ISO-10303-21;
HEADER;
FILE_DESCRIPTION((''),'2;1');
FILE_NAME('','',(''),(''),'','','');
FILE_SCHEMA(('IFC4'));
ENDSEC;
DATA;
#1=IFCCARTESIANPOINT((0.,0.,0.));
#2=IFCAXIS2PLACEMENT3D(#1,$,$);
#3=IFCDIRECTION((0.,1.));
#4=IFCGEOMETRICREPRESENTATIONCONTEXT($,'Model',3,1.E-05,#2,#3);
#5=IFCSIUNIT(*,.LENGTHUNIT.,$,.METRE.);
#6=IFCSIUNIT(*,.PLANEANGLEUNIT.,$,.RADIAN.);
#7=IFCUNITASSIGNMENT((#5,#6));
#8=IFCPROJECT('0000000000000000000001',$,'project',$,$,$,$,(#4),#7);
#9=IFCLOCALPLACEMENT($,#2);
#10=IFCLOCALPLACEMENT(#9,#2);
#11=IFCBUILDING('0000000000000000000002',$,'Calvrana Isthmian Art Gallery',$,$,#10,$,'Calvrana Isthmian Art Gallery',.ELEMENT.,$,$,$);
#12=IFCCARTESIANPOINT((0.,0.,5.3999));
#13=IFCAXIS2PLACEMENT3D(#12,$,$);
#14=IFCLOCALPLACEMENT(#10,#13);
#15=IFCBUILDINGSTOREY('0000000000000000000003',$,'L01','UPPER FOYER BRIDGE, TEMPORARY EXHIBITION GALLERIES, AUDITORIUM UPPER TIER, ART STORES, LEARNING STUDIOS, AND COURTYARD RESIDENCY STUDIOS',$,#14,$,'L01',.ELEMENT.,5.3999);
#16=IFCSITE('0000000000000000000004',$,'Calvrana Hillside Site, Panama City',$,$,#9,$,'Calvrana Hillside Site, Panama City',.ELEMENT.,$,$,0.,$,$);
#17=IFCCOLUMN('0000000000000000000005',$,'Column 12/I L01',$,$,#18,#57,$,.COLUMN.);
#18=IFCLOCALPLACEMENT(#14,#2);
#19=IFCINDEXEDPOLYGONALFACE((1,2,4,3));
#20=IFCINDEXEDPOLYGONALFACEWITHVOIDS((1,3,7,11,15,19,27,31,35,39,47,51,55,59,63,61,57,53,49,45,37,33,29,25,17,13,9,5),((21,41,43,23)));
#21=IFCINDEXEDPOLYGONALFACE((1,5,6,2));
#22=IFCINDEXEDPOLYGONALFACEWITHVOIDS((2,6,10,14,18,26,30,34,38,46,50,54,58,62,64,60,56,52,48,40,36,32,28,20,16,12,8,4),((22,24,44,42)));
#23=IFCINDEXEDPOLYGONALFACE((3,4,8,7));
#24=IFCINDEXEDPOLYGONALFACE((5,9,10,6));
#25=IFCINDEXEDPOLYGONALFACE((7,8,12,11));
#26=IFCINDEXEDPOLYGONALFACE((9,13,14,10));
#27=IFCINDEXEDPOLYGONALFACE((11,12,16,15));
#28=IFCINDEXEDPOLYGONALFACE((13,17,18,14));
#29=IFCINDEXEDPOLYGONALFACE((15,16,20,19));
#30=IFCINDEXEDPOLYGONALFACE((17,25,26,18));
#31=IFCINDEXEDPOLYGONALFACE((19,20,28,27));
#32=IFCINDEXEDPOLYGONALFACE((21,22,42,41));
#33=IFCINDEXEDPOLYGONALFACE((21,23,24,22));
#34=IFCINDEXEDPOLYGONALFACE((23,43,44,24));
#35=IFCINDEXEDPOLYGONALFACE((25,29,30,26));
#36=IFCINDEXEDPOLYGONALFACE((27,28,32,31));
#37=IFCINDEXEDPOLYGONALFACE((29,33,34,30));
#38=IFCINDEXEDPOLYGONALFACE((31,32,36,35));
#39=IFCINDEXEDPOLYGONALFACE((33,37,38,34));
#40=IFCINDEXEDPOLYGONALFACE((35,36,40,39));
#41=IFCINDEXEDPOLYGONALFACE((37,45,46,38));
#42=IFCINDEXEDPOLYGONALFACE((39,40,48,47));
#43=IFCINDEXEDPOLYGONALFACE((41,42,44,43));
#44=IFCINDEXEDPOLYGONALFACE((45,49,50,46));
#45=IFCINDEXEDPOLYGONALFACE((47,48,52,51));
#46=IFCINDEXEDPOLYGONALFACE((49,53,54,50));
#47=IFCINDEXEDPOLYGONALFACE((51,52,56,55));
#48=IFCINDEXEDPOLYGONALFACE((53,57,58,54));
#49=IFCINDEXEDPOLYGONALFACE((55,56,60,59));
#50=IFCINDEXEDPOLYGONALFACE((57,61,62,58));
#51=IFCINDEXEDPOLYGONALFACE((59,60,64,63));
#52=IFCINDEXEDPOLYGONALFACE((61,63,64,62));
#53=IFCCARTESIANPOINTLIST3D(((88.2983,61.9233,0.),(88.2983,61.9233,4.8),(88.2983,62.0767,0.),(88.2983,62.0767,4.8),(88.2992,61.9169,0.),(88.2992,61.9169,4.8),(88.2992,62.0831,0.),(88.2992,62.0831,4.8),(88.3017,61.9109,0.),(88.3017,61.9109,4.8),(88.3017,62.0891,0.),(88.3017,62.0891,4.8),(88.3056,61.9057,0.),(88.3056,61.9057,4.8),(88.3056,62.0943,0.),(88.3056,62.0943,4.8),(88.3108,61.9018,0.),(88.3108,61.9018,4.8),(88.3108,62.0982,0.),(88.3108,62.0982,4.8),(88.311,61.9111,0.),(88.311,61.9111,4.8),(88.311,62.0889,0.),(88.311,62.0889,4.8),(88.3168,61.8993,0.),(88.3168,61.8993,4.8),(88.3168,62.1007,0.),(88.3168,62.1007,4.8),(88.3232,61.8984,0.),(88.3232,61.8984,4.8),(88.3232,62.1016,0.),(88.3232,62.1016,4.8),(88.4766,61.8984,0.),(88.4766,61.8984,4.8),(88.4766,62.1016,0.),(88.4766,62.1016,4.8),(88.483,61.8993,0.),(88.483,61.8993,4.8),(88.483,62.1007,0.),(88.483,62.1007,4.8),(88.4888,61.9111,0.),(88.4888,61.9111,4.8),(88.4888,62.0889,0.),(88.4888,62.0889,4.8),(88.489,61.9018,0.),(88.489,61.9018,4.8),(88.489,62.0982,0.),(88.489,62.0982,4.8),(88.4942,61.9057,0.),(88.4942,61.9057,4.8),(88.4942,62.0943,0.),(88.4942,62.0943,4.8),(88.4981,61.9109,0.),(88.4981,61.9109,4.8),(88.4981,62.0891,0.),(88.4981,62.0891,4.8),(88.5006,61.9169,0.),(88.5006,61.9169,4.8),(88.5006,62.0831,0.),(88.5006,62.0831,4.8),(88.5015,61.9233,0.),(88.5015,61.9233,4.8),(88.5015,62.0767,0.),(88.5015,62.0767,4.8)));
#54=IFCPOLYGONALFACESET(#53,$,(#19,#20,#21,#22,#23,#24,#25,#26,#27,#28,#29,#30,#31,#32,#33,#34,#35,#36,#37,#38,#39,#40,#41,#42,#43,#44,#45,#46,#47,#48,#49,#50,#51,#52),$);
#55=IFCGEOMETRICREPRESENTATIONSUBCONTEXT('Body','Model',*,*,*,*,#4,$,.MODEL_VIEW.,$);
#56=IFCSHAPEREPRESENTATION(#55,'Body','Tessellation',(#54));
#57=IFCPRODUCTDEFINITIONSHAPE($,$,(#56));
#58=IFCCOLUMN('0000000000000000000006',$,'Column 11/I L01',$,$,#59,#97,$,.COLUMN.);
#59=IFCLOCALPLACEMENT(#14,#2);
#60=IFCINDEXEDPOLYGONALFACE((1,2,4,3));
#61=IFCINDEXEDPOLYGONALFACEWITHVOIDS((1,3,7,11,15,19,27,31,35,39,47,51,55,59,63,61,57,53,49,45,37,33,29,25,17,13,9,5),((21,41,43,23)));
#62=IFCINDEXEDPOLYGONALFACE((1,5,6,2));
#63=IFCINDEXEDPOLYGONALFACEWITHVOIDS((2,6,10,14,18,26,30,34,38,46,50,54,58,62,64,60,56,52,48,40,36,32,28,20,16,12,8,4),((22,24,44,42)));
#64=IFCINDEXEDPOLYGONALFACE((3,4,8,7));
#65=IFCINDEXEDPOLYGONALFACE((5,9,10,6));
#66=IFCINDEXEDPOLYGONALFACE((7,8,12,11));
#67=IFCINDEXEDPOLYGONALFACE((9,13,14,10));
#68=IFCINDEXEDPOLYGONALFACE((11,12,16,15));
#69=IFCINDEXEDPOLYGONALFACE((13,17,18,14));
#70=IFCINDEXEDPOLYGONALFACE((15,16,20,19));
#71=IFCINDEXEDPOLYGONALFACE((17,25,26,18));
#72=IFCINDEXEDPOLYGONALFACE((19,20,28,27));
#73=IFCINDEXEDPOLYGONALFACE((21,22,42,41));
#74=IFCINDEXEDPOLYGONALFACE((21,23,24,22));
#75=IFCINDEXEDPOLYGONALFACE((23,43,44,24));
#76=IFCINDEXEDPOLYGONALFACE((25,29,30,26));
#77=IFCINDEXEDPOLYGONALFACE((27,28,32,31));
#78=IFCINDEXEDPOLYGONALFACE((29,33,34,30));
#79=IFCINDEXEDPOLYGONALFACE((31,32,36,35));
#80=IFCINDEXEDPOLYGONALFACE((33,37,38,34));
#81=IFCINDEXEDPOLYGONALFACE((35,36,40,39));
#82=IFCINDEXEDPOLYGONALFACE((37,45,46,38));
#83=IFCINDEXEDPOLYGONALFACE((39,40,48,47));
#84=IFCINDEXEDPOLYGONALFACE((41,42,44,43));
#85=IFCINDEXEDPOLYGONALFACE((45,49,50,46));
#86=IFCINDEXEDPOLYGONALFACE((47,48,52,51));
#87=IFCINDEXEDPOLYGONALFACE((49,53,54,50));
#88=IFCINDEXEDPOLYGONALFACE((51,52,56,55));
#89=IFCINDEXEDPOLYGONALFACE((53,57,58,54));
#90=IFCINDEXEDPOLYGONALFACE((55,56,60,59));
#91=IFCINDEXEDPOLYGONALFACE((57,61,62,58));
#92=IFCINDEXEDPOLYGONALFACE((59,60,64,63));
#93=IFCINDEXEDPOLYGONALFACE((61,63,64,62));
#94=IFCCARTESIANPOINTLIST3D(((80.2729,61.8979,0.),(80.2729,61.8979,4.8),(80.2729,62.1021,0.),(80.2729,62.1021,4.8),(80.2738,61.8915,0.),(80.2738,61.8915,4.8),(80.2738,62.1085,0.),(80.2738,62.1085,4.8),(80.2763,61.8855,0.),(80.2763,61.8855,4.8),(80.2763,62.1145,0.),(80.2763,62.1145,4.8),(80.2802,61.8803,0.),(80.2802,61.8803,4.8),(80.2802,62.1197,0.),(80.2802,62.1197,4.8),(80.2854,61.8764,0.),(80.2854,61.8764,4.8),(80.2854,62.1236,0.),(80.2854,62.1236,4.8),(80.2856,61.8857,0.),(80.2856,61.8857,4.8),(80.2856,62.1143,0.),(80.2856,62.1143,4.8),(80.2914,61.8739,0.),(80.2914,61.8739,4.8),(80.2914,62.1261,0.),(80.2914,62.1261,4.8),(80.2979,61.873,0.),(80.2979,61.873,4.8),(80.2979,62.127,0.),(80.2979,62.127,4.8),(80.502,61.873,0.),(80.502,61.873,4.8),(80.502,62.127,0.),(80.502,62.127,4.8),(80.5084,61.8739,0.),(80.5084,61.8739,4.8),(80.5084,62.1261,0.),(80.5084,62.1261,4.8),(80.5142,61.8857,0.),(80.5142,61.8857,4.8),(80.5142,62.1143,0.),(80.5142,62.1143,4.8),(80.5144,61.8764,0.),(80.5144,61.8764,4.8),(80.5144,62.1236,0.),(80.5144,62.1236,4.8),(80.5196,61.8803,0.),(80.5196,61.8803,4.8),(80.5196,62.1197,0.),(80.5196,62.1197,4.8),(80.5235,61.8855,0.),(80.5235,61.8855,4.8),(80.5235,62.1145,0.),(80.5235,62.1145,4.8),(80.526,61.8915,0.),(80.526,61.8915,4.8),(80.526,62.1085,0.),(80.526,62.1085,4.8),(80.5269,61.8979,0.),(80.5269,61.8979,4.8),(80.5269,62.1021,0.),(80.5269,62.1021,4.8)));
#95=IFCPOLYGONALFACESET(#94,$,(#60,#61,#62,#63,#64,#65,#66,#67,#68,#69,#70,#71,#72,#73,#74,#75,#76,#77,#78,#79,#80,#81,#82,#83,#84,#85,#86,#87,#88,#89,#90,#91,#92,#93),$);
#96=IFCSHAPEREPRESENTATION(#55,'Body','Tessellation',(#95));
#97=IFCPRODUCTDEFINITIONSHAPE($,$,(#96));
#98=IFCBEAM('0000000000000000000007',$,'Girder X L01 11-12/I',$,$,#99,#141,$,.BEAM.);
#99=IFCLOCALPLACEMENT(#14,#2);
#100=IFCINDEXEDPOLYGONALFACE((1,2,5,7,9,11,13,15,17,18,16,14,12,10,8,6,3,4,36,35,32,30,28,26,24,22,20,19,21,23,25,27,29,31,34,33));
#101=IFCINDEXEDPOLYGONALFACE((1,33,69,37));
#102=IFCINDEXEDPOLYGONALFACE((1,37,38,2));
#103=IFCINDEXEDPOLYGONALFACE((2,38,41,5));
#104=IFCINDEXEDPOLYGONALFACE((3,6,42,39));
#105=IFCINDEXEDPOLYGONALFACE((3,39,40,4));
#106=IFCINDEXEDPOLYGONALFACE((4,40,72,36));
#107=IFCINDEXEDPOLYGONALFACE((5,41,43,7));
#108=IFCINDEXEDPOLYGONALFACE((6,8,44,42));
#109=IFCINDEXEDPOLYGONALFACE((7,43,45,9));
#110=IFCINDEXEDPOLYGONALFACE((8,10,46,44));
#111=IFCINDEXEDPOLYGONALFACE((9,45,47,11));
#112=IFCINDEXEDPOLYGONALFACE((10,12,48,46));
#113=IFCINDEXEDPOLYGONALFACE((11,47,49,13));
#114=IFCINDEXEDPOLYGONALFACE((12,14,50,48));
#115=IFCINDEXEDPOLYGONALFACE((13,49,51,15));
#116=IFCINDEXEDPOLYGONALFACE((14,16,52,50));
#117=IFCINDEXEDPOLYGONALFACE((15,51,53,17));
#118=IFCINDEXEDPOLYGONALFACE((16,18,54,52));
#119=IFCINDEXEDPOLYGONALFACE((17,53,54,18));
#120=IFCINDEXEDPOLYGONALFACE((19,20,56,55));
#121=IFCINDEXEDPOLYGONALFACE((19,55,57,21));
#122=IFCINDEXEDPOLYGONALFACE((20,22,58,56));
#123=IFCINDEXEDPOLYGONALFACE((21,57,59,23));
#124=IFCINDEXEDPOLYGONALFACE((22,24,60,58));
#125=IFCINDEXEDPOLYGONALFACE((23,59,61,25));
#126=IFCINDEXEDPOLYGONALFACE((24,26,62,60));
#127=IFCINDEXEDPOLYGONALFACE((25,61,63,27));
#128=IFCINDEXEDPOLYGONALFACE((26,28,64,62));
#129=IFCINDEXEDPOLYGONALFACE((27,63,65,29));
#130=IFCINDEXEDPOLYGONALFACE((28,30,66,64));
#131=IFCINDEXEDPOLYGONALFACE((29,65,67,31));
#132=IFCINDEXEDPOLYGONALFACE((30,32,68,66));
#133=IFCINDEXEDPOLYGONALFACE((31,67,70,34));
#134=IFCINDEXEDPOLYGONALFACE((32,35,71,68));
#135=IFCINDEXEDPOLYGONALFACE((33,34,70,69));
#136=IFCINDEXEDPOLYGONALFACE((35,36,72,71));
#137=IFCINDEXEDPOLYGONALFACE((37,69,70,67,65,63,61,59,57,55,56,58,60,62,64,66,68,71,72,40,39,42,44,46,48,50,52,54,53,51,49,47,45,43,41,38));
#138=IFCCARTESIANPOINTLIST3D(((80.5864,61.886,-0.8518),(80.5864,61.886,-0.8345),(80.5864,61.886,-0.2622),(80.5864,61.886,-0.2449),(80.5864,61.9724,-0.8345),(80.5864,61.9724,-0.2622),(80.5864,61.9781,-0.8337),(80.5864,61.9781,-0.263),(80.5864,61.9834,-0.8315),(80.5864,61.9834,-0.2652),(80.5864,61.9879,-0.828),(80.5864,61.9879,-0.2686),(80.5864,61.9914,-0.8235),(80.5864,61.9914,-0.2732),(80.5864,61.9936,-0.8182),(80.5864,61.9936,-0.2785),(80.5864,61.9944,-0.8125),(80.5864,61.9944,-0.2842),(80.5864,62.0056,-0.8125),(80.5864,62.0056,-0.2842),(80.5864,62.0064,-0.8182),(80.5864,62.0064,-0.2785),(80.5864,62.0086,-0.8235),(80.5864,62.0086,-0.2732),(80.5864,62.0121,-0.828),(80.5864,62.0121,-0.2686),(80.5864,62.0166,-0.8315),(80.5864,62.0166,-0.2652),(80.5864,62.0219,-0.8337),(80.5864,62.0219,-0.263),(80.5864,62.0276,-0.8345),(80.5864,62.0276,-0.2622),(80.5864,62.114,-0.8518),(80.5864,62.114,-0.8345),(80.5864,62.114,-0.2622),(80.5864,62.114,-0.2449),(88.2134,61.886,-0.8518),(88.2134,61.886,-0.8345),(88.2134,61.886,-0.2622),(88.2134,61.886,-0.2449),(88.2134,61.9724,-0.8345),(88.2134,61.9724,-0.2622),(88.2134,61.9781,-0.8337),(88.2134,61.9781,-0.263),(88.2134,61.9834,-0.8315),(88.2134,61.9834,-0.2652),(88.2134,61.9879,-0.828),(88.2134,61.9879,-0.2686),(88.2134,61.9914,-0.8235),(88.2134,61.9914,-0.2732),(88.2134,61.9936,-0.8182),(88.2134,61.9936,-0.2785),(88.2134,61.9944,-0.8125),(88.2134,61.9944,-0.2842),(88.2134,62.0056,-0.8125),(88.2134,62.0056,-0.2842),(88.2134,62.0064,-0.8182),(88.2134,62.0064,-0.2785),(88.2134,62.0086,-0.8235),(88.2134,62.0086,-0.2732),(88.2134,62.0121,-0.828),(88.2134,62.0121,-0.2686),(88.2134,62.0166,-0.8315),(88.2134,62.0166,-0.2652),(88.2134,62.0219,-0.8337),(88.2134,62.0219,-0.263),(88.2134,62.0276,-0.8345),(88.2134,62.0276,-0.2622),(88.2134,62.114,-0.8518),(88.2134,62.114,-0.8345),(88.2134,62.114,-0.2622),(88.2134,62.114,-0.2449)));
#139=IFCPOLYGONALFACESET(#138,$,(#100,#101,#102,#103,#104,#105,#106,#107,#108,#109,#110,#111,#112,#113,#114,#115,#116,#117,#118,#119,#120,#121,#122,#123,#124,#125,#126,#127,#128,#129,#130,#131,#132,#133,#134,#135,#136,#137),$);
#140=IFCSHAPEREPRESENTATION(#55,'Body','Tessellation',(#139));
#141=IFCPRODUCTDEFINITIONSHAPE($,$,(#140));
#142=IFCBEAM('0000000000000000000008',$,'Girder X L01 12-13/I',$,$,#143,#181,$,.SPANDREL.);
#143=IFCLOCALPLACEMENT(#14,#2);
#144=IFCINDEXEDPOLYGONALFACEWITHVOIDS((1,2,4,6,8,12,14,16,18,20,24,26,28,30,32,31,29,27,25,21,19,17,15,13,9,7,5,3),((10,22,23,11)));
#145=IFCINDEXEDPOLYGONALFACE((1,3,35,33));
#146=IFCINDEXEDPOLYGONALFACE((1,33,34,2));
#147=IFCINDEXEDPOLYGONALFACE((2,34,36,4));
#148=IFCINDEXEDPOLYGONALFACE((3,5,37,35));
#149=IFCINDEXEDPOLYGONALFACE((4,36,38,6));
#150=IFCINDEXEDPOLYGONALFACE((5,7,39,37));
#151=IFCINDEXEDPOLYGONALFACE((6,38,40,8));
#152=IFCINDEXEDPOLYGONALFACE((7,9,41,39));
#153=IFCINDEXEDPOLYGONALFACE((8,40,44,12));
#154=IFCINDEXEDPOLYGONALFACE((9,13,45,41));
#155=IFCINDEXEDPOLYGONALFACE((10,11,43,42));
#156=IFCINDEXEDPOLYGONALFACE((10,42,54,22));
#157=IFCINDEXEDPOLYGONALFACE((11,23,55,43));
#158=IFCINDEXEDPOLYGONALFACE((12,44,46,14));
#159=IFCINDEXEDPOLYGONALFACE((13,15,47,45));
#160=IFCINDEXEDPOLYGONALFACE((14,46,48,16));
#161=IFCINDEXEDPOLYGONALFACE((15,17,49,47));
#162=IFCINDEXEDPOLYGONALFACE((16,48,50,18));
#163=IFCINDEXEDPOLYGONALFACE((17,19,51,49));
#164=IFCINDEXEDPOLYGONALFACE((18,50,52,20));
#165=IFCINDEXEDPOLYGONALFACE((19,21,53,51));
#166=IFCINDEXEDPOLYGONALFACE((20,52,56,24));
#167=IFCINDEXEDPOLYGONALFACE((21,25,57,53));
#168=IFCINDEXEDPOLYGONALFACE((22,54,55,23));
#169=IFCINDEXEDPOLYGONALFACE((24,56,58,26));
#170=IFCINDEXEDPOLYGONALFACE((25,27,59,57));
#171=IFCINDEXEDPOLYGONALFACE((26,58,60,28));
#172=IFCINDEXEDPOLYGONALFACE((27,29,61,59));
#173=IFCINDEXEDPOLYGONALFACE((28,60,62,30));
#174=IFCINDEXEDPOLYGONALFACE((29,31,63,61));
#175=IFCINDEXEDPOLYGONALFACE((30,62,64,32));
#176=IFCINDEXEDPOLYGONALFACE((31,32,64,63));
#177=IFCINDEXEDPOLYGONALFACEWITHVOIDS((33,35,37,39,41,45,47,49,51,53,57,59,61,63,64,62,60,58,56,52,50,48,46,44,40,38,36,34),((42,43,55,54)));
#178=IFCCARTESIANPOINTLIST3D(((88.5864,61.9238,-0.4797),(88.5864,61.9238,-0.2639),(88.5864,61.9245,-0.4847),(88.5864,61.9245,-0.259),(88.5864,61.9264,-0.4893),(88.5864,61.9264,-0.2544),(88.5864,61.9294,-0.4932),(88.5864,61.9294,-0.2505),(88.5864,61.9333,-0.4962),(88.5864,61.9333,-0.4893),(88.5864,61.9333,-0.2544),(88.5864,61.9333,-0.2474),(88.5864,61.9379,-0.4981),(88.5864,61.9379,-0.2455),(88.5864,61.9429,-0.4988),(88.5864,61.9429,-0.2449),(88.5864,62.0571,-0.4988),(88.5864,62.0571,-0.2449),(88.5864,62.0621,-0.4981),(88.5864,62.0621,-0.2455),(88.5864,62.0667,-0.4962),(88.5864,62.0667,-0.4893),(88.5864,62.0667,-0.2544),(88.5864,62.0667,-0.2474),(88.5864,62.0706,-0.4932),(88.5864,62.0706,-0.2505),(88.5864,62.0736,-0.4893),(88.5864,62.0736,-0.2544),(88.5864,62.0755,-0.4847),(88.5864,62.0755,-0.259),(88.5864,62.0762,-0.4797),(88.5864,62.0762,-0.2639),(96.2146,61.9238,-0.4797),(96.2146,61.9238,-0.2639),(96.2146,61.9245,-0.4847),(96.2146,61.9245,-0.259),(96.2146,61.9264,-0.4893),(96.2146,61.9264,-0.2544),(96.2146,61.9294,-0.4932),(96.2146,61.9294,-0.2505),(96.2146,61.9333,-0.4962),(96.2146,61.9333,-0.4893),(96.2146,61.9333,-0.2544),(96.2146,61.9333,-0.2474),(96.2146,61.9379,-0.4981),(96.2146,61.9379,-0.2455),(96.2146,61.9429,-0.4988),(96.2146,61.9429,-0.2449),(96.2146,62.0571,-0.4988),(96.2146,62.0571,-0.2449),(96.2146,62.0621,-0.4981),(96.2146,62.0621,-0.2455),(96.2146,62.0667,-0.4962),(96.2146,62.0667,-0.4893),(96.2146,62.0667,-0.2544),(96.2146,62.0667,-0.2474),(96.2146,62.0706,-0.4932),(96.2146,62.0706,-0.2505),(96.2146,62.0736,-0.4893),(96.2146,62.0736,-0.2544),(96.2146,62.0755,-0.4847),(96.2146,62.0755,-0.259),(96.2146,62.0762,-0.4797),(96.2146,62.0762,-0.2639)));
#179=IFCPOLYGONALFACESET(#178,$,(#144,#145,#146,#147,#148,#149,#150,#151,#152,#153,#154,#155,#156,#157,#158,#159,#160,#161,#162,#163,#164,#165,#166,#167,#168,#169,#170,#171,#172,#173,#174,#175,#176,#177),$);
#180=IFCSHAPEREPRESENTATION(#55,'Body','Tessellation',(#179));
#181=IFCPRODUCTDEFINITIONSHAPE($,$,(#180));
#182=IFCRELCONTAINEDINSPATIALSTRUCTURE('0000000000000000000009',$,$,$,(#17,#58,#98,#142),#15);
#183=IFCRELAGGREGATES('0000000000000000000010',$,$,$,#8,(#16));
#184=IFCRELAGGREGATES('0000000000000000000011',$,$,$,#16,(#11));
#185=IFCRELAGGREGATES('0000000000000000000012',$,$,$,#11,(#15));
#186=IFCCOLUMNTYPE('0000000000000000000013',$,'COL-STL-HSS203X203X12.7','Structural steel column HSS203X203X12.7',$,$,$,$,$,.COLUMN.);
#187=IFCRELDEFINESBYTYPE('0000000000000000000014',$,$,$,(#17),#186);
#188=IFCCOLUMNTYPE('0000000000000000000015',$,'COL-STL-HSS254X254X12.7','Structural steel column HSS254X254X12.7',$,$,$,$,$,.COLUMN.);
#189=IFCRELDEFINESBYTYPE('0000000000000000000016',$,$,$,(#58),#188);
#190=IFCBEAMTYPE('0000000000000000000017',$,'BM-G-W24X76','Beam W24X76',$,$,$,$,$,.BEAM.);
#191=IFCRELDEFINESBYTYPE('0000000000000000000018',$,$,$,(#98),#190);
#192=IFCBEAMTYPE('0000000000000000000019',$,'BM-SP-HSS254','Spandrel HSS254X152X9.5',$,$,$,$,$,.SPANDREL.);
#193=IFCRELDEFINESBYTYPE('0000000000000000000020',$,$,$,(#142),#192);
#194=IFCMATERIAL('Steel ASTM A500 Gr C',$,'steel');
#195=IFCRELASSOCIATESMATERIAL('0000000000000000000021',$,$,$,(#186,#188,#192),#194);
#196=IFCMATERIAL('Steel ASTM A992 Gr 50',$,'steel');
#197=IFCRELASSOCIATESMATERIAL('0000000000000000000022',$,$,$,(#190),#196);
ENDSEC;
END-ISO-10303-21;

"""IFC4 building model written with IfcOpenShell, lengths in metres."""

from ifc_helpers import new_model, si_unit, direction, frame, origin, origin_2d, place, context, subcontext, project, spatial, hollow_rectangle, i_section, extrude, material, material_profile, profile_set, type_object, element, save


model = new_model("IFC4")

# Units and contexts
model_context = context("Model", 3, precision=1e-05, world=origin(), true_north=direction((0.0, 1.0)))
body_context = subcontext(model_context, "Body", "Model", "MODEL_VIEW")
ifc_project = project(units=[si_unit("LENGTHUNIT", "METRE"), si_unit("PLANEANGLEUNIT", "RADIAN")], contexts=[model_context])

# Site, building, storey
site_placement = place(None, origin())
site = spatial("IfcSite", under=ifc_project, at=site_placement, Name="Calvrana Hillside Site, Panama City", LongName="Calvrana Hillside Site, Panama City", CompositionType="ELEMENT", RefElevation=0.0)
building_placement = place(site_placement, origin())
building = spatial("IfcBuilding", under=site, at=building_placement, Name="Calvrana Isthmian Art Gallery", LongName="Calvrana Isthmian Art Gallery", CompositionType="ELEMENT")
storey_placement = place(building_placement, frame((0.0, 0.0, 5.3999)))
storey = spatial("IfcBuildingStorey", under=building, at=storey_placement, Name="L01", Description="UPPER FOYER BRIDGE, TEMPORARY EXHIBITION GALLERIES, AUDITORIUM UPPER TIER, ART STORES, LEARNING STUDIOS, AND COURTYARD RESIDENCY STUDIOS", LongName="L01", CompositionType="ELEMENT", Elevation=5.3999)

# Columns
ifc_material_1 = material(Name="Steel ASTM A500 Gr C", Category="steel")
ifc_material_profile_1 = material_profile(ifc_material_1, hollow_rectangle(XDim=0.2031, YDim=0.2031, WallThickness=0.0127, OuterFilletRadius=0.0249, at=origin_2d()), Name="HSS203X203X12.7")
ifc_profile_set_1 = profile_set([ifc_material_profile_1], Name="Steel ASTM A500 Gr C")
column_type_1 = type_object("IfcColumnType", Name="COL-STL-HSS203X203X12.7", Description="Structural steel column HSS203X203X12.7", PredefinedType="COLUMN", material=ifc_profile_set_1)
column_1_placement = place(storey_placement, frame((88.3999, 62.0, 0.0), z_axis=(0.0, 0.0, 1.0), x_axis=(1.0, 0.0, 0.0)))
element("IfcColumn", 1, at=column_1_placement, inside=storey, type_object=column_type_1, Name="Column 12/I L01", PredefinedType="COLUMN", context=body_context, shape_type="SweptSolid", body=[
    extrude(hollow_rectangle(XDim=0.2031, YDim=0.2031, WallThickness=0.0127, OuterFilletRadius=0.0249, at=origin_2d()), origin(), (0.0, 0.0, 1.0), 4.8),
])
ifc_material_profile_2 = material_profile(ifc_material_1, hollow_rectangle(XDim=0.2539, YDim=0.2539, WallThickness=0.0127, OuterFilletRadius=0.0249, at=origin_2d()), Name="HSS254X254X12.7")
ifc_profile_set_2 = profile_set([ifc_material_profile_2], Name="Steel ASTM A500 Gr C")
column_type_2 = type_object("IfcColumnType", Name="COL-STL-HSS254X254X12.7", Description="Structural steel column HSS254X254X12.7", PredefinedType="COLUMN", material=ifc_profile_set_2)
column_2_placement = place(storey_placement, frame((80.3999, 62.0, 0.0), z_axis=(0.0, 0.0, 1.0), x_axis=(1.0, 0.0, 0.0)))
element("IfcColumn", 2, at=column_2_placement, inside=storey, type_object=column_type_2, Name="Column 11/I L01", PredefinedType="COLUMN", context=body_context, shape_type="SweptSolid", body=[
    extrude(hollow_rectangle(XDim=0.2539, YDim=0.2539, WallThickness=0.0127, OuterFilletRadius=0.0249, at=origin_2d()), origin(), (0.0, 0.0, 1.0), 4.8),
])

# Beams
ifc_material_2 = material(Name="Steel ASTM A992 Gr 50", Category="steel")
ifc_material_profile_3 = material_profile(ifc_material_2, i_section(OverallWidth=0.228, OverallDepth=0.6069, WebThickness=0.0112, FlangeThickness=0.0173, FilletRadius=0.022, at=origin_2d()), Name="W24X76")
ifc_profile_set_3 = profile_set([ifc_material_profile_3], Name="Steel ASTM A992 Gr 50")
beam_type_1 = type_object("IfcBeamType", Name="BM-G-W24X76", Description="Beam W24X76", PredefinedType="BEAM", material=ifc_profile_set_3)
beam_1_placement = place(storey_placement, frame((80.5864, 62.0, -0.5483), z_axis=(1.0, 0.0, 0.0), x_axis=(0.0, 1.0, 0.0)))
element("IfcBeam", 3, at=beam_1_placement, inside=storey, type_object=beam_type_1, Name="Girder X L01 11-12/I", PredefinedType="BEAM", context=body_context, shape_type="SweptSolid", body=[
    extrude(i_section(OverallWidth=0.228, OverallDepth=0.6069, WebThickness=0.0112, FlangeThickness=0.0173, FilletRadius=0.022, at=origin_2d()), origin(), (0.0, 0.0, 1.0), 7.627),
])
ifc_material_profile_4 = material_profile(ifc_material_1, hollow_rectangle(XDim=0.1523, YDim=0.2539, WallThickness=0.0095, OuterFilletRadius=0.019, at=origin_2d()), Name="HSS254X152X9.5")
ifc_profile_set_4 = profile_set([ifc_material_profile_4], Name="Steel ASTM A500 Gr C")
beam_type_2 = type_object("IfcBeamType", Name="BM-SP-HSS254", Description="Spandrel HSS254X152X9.5", PredefinedType="SPANDREL", material=ifc_profile_set_4)
beam_2_placement = place(storey_placement, frame((88.5864, 62.0, -0.3718), z_axis=(1.0, 0.0, 0.0), x_axis=(0.0, 1.0, 0.0)))
element("IfcBeam", 4, at=beam_2_placement, inside=storey, type_object=beam_type_2, Name="Girder X L01 12-13/I", PredefinedType="SPANDREL", context=body_context, shape_type="SweptSolid", body=[
    extrude(hollow_rectangle(XDim=0.1523, YDim=0.2539, WallThickness=0.0095, OuterFilletRadius=0.019, at=origin_2d()), origin(), (0.0, 0.0, 1.0), 7.6282),
])

save(model, "model.ifc")
